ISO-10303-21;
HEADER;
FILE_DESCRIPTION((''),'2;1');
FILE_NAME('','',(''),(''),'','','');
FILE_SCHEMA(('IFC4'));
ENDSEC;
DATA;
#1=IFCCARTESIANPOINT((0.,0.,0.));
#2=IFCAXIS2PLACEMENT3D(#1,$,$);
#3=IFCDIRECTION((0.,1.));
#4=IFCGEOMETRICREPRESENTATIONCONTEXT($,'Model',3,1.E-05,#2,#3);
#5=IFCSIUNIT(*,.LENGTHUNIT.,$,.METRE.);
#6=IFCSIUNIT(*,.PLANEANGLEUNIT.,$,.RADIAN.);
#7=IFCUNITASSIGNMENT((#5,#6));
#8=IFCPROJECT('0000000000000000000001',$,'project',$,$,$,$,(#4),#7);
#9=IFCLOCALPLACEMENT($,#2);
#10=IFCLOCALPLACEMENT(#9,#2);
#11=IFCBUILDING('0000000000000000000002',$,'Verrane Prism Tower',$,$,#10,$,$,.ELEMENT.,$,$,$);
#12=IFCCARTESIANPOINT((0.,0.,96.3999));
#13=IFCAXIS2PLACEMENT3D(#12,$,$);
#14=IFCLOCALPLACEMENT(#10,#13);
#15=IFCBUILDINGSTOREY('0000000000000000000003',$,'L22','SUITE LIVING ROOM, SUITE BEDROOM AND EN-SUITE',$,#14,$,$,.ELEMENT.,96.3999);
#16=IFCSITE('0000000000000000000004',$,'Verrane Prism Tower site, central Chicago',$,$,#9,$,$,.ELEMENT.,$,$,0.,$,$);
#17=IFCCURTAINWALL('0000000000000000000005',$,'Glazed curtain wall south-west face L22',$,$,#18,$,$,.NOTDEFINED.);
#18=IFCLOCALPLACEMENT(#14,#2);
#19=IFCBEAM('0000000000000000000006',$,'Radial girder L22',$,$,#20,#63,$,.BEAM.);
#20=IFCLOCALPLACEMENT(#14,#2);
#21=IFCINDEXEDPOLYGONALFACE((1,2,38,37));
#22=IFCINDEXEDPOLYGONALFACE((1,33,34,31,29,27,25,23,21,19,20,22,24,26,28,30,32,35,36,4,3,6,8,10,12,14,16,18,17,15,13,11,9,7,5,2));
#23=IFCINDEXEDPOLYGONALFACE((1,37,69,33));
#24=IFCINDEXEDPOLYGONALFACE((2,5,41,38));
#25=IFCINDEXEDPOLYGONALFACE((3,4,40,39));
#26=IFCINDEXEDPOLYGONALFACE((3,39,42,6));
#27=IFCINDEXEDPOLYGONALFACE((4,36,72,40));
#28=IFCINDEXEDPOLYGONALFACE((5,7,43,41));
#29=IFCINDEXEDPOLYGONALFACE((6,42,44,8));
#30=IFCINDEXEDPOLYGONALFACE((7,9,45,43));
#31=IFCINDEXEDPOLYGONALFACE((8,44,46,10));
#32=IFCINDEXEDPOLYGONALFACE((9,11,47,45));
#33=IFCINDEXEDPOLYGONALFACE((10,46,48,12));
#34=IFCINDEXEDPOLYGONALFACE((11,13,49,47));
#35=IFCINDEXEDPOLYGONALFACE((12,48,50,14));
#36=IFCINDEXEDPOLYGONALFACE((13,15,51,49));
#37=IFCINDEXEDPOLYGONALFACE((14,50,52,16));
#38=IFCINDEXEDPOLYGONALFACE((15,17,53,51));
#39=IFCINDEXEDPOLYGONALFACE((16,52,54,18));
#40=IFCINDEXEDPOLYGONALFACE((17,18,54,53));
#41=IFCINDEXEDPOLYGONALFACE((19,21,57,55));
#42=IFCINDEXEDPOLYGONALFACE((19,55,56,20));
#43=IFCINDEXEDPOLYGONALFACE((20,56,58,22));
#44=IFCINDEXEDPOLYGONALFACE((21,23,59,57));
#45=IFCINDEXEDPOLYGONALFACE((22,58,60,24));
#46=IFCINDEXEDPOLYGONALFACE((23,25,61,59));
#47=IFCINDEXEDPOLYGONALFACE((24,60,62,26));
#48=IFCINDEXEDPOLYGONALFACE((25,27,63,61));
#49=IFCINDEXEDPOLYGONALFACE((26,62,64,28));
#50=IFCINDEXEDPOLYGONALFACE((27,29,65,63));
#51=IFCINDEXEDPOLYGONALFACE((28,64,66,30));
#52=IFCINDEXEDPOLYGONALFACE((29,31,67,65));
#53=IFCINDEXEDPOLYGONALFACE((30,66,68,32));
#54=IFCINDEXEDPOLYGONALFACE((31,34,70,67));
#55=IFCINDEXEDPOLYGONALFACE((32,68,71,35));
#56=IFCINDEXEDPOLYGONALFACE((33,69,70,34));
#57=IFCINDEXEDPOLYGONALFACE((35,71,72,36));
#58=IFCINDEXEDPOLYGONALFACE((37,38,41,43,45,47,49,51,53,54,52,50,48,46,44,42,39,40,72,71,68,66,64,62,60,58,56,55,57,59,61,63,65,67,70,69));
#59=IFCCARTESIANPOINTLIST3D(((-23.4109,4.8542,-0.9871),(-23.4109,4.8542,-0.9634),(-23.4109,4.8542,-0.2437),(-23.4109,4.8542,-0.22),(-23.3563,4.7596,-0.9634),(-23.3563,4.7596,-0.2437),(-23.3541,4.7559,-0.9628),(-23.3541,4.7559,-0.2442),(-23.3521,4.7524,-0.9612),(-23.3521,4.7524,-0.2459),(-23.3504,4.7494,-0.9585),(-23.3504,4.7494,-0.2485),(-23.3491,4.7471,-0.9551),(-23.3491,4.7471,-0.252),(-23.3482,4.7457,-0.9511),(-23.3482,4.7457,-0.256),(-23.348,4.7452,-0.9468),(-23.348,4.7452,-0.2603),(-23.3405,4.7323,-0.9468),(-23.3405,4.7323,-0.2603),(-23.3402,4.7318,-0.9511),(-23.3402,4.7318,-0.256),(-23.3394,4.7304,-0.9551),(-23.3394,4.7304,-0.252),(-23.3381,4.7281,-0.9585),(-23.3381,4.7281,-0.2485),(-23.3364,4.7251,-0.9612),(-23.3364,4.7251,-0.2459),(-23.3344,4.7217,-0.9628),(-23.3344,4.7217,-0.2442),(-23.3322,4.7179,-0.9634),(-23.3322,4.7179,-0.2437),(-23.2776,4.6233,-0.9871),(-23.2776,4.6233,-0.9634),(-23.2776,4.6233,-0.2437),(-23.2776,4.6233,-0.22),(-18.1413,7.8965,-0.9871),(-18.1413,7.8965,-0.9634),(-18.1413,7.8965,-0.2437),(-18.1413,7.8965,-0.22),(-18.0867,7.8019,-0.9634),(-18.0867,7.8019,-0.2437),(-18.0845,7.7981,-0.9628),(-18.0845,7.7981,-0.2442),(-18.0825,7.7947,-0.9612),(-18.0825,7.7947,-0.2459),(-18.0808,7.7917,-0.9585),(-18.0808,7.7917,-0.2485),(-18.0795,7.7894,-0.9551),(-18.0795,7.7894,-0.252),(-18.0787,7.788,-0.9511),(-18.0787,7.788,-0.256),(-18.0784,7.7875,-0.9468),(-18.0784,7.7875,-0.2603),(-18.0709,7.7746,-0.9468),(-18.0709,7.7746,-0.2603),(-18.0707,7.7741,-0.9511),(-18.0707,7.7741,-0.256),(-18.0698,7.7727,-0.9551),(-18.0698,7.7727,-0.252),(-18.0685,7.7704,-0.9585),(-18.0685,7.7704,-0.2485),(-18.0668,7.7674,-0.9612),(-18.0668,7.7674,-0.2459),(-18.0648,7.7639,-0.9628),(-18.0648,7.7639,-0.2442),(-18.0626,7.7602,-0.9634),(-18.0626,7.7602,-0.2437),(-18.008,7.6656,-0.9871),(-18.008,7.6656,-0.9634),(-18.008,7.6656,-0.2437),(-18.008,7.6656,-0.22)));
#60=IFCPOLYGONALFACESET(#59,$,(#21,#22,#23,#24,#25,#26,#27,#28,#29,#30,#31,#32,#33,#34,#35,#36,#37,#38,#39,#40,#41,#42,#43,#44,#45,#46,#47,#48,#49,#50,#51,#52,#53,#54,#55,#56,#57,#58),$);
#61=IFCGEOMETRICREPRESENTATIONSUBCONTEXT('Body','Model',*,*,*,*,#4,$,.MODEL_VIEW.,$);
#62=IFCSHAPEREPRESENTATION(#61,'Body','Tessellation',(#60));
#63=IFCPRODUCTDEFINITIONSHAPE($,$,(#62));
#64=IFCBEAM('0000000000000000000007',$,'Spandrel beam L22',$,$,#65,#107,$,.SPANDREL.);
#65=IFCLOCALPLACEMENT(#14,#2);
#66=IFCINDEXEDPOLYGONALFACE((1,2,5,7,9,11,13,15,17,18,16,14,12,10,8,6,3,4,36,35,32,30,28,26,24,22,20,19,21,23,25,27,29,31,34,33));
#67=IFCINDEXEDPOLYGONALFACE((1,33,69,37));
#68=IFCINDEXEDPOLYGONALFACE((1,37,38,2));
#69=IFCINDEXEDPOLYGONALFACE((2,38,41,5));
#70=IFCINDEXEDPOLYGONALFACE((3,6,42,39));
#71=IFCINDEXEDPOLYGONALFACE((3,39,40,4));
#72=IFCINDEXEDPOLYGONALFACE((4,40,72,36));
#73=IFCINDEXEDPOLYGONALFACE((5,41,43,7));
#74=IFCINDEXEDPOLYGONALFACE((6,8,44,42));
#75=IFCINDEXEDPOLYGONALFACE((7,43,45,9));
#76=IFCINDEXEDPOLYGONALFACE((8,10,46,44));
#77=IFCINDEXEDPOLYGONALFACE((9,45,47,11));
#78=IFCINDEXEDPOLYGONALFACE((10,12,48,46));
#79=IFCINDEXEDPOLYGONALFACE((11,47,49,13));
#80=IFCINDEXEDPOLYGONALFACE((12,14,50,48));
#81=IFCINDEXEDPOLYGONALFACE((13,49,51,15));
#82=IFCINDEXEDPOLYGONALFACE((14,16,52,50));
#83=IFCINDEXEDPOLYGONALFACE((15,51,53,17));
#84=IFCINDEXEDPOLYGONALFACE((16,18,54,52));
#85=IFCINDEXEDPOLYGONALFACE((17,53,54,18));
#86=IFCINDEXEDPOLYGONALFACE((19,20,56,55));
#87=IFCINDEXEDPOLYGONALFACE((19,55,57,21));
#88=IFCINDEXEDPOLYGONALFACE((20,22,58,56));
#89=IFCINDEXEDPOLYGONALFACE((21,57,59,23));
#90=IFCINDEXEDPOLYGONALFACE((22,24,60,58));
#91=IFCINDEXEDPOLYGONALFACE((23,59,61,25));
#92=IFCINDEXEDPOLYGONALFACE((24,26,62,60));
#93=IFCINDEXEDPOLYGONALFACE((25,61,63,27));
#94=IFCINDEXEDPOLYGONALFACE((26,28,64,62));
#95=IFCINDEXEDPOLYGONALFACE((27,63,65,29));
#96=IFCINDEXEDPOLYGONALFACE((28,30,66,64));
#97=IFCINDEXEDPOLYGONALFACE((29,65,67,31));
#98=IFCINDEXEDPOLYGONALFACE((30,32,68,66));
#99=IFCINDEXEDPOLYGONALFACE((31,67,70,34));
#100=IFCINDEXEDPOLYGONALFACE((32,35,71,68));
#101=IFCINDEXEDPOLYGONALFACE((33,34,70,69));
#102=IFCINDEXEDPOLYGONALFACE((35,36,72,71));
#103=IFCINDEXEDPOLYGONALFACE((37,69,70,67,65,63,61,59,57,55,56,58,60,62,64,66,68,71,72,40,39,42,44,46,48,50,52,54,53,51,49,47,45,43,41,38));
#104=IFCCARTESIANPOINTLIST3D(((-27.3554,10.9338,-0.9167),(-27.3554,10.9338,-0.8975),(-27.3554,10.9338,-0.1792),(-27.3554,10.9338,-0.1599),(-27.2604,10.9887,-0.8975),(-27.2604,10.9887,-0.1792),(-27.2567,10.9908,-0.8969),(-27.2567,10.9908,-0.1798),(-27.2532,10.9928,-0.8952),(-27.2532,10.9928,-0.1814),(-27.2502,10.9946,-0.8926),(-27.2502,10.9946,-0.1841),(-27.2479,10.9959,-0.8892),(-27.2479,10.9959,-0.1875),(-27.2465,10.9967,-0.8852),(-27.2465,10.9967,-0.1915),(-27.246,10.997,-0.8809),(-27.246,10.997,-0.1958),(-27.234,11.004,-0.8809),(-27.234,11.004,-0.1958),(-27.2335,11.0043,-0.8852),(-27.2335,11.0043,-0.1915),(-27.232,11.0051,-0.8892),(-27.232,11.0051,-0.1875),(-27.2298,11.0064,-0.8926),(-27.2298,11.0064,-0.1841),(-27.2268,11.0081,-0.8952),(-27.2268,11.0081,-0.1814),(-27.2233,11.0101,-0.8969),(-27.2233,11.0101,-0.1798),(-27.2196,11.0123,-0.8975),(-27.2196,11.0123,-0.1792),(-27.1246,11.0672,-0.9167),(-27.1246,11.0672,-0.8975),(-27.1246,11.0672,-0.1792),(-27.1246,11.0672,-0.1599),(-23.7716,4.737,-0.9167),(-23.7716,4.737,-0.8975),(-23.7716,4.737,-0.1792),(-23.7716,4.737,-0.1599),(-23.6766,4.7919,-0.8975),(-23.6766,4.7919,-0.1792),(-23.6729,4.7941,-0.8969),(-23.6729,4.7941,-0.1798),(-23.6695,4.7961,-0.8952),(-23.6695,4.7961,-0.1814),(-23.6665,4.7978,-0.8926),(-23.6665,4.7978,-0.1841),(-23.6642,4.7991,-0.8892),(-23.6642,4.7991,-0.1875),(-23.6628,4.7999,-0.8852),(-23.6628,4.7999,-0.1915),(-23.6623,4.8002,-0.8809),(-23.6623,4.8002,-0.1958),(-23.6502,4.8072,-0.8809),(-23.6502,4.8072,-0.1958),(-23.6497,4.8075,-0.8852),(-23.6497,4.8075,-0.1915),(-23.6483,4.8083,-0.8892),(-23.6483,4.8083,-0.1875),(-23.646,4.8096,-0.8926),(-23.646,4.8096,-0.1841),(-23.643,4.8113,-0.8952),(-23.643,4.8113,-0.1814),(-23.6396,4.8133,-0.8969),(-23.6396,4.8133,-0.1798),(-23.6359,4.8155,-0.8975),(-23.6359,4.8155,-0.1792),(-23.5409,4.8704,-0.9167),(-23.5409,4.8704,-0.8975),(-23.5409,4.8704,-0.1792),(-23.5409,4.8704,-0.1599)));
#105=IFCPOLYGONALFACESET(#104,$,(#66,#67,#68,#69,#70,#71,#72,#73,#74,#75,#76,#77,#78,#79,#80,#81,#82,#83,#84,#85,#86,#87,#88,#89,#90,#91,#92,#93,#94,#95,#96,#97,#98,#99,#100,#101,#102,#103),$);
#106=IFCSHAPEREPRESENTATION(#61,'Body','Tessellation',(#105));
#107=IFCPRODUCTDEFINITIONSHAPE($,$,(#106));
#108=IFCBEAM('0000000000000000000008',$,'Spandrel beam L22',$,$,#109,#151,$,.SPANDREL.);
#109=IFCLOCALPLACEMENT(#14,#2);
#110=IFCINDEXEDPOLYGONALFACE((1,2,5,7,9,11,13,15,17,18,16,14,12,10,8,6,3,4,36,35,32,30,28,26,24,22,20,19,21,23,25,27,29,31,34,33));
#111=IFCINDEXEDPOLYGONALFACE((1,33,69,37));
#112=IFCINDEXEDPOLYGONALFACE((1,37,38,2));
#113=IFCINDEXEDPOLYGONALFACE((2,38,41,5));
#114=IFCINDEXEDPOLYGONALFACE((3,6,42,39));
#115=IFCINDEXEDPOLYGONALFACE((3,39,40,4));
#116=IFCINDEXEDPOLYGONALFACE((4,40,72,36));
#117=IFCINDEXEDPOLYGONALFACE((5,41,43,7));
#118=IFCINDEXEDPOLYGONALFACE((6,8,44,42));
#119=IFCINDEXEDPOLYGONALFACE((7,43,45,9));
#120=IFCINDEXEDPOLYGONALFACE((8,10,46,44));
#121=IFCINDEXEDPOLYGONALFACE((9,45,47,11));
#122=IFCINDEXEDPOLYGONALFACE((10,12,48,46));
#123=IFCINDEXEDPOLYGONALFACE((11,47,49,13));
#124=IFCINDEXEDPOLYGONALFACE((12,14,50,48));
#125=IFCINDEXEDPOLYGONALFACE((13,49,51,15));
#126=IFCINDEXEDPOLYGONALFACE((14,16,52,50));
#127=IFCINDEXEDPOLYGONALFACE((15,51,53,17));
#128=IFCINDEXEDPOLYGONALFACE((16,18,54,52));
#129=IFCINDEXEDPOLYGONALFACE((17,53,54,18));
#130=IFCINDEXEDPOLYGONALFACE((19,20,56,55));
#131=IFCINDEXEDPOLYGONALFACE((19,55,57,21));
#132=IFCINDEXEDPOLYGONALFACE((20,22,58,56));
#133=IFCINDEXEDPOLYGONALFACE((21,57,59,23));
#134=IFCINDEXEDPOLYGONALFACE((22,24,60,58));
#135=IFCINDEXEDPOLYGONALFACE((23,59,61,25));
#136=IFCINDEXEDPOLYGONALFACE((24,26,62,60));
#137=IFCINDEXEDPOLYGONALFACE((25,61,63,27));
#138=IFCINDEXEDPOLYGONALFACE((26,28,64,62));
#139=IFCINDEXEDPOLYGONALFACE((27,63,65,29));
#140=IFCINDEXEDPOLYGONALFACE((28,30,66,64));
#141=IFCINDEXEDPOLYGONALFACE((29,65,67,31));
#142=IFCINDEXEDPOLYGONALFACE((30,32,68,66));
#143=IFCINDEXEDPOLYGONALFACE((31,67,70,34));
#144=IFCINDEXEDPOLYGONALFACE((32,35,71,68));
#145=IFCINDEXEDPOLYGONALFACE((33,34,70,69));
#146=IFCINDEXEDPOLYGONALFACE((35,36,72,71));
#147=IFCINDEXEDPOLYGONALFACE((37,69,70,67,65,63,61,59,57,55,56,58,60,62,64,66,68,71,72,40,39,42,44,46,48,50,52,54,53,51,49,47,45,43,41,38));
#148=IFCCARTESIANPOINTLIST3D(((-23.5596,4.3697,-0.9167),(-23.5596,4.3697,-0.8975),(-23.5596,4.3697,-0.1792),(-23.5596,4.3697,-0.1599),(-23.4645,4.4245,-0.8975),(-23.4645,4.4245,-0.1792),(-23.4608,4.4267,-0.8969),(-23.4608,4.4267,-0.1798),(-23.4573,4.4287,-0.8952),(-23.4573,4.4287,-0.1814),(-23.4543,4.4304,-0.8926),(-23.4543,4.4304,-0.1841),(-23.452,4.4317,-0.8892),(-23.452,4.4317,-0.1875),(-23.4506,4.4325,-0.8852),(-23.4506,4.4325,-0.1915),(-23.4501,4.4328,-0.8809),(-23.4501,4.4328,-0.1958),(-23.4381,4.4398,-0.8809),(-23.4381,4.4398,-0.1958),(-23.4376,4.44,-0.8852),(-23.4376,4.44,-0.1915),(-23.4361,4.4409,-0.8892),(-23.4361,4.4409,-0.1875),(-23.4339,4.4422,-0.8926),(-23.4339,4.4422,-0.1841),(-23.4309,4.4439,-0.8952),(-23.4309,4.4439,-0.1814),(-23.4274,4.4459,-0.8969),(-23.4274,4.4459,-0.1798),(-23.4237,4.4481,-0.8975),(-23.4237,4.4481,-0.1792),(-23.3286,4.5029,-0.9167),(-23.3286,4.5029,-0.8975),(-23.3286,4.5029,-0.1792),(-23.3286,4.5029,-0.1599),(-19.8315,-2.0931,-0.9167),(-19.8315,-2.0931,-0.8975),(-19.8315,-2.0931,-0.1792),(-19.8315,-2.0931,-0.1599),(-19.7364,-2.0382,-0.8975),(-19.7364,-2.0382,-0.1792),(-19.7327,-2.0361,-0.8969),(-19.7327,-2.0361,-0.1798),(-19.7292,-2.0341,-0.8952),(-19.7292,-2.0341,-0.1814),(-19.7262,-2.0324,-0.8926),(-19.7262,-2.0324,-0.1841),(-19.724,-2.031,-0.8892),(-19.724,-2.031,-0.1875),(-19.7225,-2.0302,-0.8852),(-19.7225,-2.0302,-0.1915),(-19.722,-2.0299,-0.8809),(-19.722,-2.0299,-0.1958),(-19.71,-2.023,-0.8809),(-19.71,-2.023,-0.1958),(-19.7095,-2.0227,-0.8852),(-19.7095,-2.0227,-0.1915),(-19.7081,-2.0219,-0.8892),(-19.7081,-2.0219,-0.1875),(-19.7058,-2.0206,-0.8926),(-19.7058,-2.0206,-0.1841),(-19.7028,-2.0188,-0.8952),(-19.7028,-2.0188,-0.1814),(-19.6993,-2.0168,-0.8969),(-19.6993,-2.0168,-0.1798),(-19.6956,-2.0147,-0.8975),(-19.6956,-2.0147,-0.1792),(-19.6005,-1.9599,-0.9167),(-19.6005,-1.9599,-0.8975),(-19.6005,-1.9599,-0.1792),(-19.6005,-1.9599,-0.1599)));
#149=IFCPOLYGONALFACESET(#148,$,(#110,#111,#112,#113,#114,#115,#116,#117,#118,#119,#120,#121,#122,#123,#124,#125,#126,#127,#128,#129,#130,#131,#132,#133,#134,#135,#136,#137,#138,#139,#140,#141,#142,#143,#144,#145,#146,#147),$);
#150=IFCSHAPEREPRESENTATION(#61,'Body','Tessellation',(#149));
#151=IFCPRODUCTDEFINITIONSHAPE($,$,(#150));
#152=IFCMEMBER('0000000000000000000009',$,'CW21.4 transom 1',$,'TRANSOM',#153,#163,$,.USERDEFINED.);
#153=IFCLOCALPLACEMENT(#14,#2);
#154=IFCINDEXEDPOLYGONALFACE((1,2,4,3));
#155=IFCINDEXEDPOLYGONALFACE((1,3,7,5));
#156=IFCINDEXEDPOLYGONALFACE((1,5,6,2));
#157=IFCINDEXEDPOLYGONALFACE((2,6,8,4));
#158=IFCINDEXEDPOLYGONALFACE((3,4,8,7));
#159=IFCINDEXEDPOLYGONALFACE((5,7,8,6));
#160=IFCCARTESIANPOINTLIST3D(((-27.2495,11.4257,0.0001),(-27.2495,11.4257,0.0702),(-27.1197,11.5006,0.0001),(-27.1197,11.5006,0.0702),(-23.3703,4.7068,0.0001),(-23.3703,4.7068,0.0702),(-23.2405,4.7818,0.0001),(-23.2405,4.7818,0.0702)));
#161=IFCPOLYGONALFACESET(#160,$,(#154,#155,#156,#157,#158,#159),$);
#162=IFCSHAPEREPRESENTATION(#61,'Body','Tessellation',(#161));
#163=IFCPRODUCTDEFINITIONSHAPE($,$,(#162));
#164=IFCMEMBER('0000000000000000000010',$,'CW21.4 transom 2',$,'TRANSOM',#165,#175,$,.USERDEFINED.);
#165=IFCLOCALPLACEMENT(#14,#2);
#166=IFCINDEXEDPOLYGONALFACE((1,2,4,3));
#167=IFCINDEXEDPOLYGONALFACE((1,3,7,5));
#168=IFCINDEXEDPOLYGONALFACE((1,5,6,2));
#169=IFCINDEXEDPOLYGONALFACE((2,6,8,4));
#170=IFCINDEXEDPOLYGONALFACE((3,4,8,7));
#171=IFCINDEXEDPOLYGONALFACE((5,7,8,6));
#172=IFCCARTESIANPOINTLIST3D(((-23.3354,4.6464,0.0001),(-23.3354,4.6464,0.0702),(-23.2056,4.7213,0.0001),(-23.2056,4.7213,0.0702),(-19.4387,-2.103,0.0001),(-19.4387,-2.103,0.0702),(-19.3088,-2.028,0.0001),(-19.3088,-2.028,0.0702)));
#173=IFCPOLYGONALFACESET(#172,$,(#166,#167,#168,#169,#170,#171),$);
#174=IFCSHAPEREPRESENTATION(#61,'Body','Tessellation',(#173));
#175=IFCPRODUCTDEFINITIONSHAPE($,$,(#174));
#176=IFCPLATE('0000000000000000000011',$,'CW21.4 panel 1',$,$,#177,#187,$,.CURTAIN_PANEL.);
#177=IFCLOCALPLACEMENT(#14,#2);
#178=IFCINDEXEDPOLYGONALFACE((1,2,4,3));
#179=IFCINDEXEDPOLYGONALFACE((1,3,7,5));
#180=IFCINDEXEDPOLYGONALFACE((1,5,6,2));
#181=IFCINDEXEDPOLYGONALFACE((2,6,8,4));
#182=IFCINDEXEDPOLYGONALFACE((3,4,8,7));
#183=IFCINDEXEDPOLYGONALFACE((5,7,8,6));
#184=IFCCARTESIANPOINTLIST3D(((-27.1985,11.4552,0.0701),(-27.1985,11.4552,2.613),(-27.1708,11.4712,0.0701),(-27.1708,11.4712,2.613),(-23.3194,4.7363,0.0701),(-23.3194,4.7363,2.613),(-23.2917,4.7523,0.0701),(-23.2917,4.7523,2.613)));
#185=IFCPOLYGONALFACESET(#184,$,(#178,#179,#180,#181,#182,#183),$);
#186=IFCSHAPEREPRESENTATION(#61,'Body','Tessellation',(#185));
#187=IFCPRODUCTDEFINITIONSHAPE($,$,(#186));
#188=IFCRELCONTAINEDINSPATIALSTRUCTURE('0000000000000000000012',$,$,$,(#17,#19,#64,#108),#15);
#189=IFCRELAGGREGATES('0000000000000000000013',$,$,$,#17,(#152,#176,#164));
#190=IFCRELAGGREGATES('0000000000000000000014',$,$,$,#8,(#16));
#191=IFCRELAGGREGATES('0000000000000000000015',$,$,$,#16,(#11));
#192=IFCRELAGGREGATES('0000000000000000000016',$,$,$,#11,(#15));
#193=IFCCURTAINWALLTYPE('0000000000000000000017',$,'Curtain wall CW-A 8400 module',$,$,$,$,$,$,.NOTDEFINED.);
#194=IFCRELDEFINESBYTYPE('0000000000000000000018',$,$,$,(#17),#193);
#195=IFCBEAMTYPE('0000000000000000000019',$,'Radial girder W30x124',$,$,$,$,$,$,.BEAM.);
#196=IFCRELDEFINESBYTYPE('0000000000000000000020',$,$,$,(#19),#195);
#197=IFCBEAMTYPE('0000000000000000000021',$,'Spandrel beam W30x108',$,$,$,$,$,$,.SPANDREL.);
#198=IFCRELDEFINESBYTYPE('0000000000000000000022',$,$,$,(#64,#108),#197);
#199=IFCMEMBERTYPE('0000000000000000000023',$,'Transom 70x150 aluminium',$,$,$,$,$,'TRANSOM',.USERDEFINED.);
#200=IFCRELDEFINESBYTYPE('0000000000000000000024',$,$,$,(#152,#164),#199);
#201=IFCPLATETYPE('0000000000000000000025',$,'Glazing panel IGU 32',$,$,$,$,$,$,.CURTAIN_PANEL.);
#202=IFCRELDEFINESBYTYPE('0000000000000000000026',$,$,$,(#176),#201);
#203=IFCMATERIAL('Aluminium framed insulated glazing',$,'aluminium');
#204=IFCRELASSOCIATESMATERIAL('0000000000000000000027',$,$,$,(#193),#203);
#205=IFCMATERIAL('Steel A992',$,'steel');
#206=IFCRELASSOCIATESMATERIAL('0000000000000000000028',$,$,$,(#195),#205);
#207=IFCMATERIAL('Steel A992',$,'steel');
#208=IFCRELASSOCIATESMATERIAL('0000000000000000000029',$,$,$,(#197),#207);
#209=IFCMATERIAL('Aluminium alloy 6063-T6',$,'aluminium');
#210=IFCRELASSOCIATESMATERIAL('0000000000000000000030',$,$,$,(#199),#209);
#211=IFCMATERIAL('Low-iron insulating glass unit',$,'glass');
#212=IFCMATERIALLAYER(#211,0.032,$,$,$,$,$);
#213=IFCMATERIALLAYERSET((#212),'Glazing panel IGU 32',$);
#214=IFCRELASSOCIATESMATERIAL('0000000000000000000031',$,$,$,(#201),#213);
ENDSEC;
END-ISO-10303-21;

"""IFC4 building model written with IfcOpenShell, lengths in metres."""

from ifc_helpers import new_model, si_unit, direction, frame, origin, origin_2d, place, context, subcontext, project, spatial, rectangle, i_section, extrude, material, layer, layer_set, material_profile, profile_set, type_object, element, aggregate, save


model = new_model("IFC4")

# Units and contexts
model_context = context("Model", 3, precision=1e-05, world=origin(), true_north=direction((0.0, 1.0)))
body_context = subcontext(model_context, "Body", "Model", "MODEL_VIEW")
ifc_project = project(units=[si_unit("LENGTHUNIT", "METRE"), si_unit("PLANEANGLEUNIT", "RADIAN")], contexts=[model_context])

# Site, building, storey
site_placement = place(None, origin())
site = spatial("IfcSite", under=ifc_project, at=site_placement, Name="Verrane Prism Tower site, central Chicago", CompositionType="ELEMENT", RefElevation=0.0)
building_placement = place(site_placement, origin())
building = spatial("IfcBuilding", under=site, at=building_placement, Name="Verrane Prism Tower", CompositionType="ELEMENT")
storey_placement = place(building_placement, frame((0.0, 0.0, 96.3999)))
storey = spatial("IfcBuildingStorey", under=building, at=storey_placement, Name="L22", Description="SUITE LIVING ROOM, SUITE BEDROOM AND EN-SUITE", CompositionType="ELEMENT", Elevation=96.3999)

# Curtain wall
ifc_material_1 = material(Name="Aluminium framed insulated glazing", Category="aluminium")
curtain_wall_type = type_object("IfcCurtainWallType", Name="Curtain wall CW-A 8400 module", PredefinedType="NOTDEFINED", material=ifc_material_1)
curtain_wall_placement = place(storey_placement, origin())
curtain_wall = element("IfcCurtainWall", 1, at=curtain_wall_placement, inside=storey, type_object=curtain_wall_type, Name="Glazed curtain wall south-west face L22", PredefinedType="NOTDEFINED")

# Beams
ifc_material_2 = material(Name="Steel A992", Category="steel")
ifc_material_profile_1 = material_profile(ifc_material_2, i_section(OverallWidth=0.2666, OverallDepth=0.7671, WebThickness=0.0149, FlangeThickness=0.0237, FilletRadius=0.0166, at=origin_2d()), Name="W30x124")
ifc_profile_set_1 = profile_set([ifc_material_profile_1], Name="Steel A992")
beam_type_1 = type_object("IfcBeamType", Name="Radial girder W30x124", PredefinedType="BEAM", material=ifc_profile_set_1)
beam_1_placement = place(storey_placement, frame((-23.3442, 4.7388, -0.6035), z_axis=(0.866035, 0.499984, 0.0), x_axis=(-0.499984, 0.866035, 0.0)))
element("IfcBeam", 2, at=beam_1_placement, inside=storey, type_object=beam_type_1, Name="Radial girder L22", PredefinedType="BEAM", context=body_context, shape_type="SweptSolid", body=[
    extrude(i_section(OverallWidth=0.2666, OverallDepth=0.7671, WebThickness=0.0149, FlangeThickness=0.0237, FilletRadius=0.0166, at=origin_2d()), origin(), (0.0, 0.0, 1.0), 6.0847),
])
ifc_material_3 = material(Name="Steel A992", Category="steel")
ifc_material_profile_2 = material_profile(ifc_material_3, i_section(OverallWidth=0.2666, OverallDepth=0.7568, WebThickness=0.0139, FlangeThickness=0.0193, FilletRadius=0.0166, at=origin_2d()), Name="W30x108")
ifc_profile_set_2 = profile_set([ifc_material_profile_2], Name="Steel A992")
beam_type_2 = type_object("IfcBeamType", Name="Spandrel beam W30x108", PredefinedType="SPANDREL", material=ifc_profile_set_2)
beam_2_placement = place(storey_placement, frame((-27.24, 11.0005, -0.5383), z_axis=(0.500632, -0.86566, 0.0), x_axis=(0.86566, 0.500632, 0.0)))
element("IfcBeam", 3, at=beam_2_placement, inside=storey, type_object=beam_type_2, Name="Spandrel beam L22", PredefinedType="SPANDREL", context=body_context, shape_type="SweptSolid", body=[
    extrude(i_section(OverallWidth=0.2666, OverallDepth=0.7568, WebThickness=0.0139, FlangeThickness=0.0193, FilletRadius=0.0166, at=origin_2d()), origin(), (0.0, 0.0, 1.0), 7.1584),
])
beam_3_placement = place(storey_placement, frame((-23.4441, 4.4363, -0.5383), z_axis=(0.49968, -0.86621, 0.0), x_axis=(0.86621, 0.49968, 0.0)))
element("IfcBeam", 4, at=beam_3_placement, inside=storey, type_object=beam_type_2, Name="Spandrel beam L22", PredefinedType="SPANDREL", context=body_context, shape_type="SweptSolid", body=[
    extrude(i_section(OverallWidth=0.2666, OverallDepth=0.7568, WebThickness=0.0139, FlangeThickness=0.0193, FilletRadius=0.0166, at=origin_2d()), origin(), (0.0, 0.0, 1.0), 7.4609),
])

# Members
ifc_material_4 = material(Name="Aluminium alloy 6063-T6", Category="aluminium")
ifc_material_profile_3 = material_profile(ifc_material_4, rectangle(XDim=0.1499, YDim=0.0701, at=origin_2d()), Name="Transom 70x150 aluminium")
ifc_profile_set_3 = profile_set([ifc_material_profile_3], Name="Aluminium alloy 6063-T6")
member_type_1 = type_object("IfcMemberType", Name="Transom 70x150 aluminium", ElementType="TRANSOM", PredefinedType="USERDEFINED", material=ifc_profile_set_3)
member_1_placement = place(storey_placement, frame((-27.1846, 11.4631, 0.0352), z_axis=(0.500008, -0.866021, 0.0), x_axis=(0.866021, 0.500008, 0.0)))
member_1 = element("IfcMember", 5, at=member_1_placement, type_object=member_type_1, Name="CW21.4 transom 1", ObjectType="TRANSOM", PredefinedType="USERDEFINED", context=body_context, shape_type="SweptSolid", body=[
    extrude(rectangle(XDim=0.1499, YDim=0.0701, at=origin_2d()), origin(), (0.0, 0.0, 1.0), 7.7583),
])
member_2_placement = place(storey_placement, frame((-23.2705, 4.6838, 0.0352), z_axis=(0.500004, -0.866023, 0.0), x_axis=(0.866023, 0.500004, 0.0)))
member_2 = element("IfcMember", 6, at=member_2_placement, type_object=member_type_1, Name="CW21.4 transom 2", ObjectType="TRANSOM", PredefinedType="USERDEFINED", context=body_context, shape_type="SweptSolid", body=[
    extrude(rectangle(XDim=0.1499, YDim=0.0701, at=origin_2d()), origin(), (0.0, 0.0, 1.0), 7.7935),
])

# Plate
ifc_material_5 = material(Name="Low-iron insulating glass unit", Category="glass")
ifc_layer_1 = layer(ifc_material_5, 0.032)
ifc_layer_set_1 = layer_set([ifc_layer_1], Name="Glazing panel IGU 32")
plate_type = type_object("IfcPlateType", Name="Glazing panel IGU 32", PredefinedType="CURTAIN_PANEL", material=ifc_layer_set_1)
plate_placement = place(storey_placement, frame((-25.2451, 8.1038, 0.0701), z_axis=(0.0, 0.0, 1.0), x_axis=(0.5, -0.866026, 0.0)))
plate = element("IfcPlate", 7, at=plate_placement, type_object=plate_type, Name="CW21.4 panel 1", PredefinedType="CURTAIN_PANEL", context=body_context, shape_type="SweptSolid", body=[
    extrude(rectangle(XDim=7.7583, YDim=0.032, at=origin_2d()), origin(), (0.0, 0.0, 1.0), 2.543),
])
aggregate(curtain_wall, [member_1, plate, member_2])

save(model, "model.ifc")
